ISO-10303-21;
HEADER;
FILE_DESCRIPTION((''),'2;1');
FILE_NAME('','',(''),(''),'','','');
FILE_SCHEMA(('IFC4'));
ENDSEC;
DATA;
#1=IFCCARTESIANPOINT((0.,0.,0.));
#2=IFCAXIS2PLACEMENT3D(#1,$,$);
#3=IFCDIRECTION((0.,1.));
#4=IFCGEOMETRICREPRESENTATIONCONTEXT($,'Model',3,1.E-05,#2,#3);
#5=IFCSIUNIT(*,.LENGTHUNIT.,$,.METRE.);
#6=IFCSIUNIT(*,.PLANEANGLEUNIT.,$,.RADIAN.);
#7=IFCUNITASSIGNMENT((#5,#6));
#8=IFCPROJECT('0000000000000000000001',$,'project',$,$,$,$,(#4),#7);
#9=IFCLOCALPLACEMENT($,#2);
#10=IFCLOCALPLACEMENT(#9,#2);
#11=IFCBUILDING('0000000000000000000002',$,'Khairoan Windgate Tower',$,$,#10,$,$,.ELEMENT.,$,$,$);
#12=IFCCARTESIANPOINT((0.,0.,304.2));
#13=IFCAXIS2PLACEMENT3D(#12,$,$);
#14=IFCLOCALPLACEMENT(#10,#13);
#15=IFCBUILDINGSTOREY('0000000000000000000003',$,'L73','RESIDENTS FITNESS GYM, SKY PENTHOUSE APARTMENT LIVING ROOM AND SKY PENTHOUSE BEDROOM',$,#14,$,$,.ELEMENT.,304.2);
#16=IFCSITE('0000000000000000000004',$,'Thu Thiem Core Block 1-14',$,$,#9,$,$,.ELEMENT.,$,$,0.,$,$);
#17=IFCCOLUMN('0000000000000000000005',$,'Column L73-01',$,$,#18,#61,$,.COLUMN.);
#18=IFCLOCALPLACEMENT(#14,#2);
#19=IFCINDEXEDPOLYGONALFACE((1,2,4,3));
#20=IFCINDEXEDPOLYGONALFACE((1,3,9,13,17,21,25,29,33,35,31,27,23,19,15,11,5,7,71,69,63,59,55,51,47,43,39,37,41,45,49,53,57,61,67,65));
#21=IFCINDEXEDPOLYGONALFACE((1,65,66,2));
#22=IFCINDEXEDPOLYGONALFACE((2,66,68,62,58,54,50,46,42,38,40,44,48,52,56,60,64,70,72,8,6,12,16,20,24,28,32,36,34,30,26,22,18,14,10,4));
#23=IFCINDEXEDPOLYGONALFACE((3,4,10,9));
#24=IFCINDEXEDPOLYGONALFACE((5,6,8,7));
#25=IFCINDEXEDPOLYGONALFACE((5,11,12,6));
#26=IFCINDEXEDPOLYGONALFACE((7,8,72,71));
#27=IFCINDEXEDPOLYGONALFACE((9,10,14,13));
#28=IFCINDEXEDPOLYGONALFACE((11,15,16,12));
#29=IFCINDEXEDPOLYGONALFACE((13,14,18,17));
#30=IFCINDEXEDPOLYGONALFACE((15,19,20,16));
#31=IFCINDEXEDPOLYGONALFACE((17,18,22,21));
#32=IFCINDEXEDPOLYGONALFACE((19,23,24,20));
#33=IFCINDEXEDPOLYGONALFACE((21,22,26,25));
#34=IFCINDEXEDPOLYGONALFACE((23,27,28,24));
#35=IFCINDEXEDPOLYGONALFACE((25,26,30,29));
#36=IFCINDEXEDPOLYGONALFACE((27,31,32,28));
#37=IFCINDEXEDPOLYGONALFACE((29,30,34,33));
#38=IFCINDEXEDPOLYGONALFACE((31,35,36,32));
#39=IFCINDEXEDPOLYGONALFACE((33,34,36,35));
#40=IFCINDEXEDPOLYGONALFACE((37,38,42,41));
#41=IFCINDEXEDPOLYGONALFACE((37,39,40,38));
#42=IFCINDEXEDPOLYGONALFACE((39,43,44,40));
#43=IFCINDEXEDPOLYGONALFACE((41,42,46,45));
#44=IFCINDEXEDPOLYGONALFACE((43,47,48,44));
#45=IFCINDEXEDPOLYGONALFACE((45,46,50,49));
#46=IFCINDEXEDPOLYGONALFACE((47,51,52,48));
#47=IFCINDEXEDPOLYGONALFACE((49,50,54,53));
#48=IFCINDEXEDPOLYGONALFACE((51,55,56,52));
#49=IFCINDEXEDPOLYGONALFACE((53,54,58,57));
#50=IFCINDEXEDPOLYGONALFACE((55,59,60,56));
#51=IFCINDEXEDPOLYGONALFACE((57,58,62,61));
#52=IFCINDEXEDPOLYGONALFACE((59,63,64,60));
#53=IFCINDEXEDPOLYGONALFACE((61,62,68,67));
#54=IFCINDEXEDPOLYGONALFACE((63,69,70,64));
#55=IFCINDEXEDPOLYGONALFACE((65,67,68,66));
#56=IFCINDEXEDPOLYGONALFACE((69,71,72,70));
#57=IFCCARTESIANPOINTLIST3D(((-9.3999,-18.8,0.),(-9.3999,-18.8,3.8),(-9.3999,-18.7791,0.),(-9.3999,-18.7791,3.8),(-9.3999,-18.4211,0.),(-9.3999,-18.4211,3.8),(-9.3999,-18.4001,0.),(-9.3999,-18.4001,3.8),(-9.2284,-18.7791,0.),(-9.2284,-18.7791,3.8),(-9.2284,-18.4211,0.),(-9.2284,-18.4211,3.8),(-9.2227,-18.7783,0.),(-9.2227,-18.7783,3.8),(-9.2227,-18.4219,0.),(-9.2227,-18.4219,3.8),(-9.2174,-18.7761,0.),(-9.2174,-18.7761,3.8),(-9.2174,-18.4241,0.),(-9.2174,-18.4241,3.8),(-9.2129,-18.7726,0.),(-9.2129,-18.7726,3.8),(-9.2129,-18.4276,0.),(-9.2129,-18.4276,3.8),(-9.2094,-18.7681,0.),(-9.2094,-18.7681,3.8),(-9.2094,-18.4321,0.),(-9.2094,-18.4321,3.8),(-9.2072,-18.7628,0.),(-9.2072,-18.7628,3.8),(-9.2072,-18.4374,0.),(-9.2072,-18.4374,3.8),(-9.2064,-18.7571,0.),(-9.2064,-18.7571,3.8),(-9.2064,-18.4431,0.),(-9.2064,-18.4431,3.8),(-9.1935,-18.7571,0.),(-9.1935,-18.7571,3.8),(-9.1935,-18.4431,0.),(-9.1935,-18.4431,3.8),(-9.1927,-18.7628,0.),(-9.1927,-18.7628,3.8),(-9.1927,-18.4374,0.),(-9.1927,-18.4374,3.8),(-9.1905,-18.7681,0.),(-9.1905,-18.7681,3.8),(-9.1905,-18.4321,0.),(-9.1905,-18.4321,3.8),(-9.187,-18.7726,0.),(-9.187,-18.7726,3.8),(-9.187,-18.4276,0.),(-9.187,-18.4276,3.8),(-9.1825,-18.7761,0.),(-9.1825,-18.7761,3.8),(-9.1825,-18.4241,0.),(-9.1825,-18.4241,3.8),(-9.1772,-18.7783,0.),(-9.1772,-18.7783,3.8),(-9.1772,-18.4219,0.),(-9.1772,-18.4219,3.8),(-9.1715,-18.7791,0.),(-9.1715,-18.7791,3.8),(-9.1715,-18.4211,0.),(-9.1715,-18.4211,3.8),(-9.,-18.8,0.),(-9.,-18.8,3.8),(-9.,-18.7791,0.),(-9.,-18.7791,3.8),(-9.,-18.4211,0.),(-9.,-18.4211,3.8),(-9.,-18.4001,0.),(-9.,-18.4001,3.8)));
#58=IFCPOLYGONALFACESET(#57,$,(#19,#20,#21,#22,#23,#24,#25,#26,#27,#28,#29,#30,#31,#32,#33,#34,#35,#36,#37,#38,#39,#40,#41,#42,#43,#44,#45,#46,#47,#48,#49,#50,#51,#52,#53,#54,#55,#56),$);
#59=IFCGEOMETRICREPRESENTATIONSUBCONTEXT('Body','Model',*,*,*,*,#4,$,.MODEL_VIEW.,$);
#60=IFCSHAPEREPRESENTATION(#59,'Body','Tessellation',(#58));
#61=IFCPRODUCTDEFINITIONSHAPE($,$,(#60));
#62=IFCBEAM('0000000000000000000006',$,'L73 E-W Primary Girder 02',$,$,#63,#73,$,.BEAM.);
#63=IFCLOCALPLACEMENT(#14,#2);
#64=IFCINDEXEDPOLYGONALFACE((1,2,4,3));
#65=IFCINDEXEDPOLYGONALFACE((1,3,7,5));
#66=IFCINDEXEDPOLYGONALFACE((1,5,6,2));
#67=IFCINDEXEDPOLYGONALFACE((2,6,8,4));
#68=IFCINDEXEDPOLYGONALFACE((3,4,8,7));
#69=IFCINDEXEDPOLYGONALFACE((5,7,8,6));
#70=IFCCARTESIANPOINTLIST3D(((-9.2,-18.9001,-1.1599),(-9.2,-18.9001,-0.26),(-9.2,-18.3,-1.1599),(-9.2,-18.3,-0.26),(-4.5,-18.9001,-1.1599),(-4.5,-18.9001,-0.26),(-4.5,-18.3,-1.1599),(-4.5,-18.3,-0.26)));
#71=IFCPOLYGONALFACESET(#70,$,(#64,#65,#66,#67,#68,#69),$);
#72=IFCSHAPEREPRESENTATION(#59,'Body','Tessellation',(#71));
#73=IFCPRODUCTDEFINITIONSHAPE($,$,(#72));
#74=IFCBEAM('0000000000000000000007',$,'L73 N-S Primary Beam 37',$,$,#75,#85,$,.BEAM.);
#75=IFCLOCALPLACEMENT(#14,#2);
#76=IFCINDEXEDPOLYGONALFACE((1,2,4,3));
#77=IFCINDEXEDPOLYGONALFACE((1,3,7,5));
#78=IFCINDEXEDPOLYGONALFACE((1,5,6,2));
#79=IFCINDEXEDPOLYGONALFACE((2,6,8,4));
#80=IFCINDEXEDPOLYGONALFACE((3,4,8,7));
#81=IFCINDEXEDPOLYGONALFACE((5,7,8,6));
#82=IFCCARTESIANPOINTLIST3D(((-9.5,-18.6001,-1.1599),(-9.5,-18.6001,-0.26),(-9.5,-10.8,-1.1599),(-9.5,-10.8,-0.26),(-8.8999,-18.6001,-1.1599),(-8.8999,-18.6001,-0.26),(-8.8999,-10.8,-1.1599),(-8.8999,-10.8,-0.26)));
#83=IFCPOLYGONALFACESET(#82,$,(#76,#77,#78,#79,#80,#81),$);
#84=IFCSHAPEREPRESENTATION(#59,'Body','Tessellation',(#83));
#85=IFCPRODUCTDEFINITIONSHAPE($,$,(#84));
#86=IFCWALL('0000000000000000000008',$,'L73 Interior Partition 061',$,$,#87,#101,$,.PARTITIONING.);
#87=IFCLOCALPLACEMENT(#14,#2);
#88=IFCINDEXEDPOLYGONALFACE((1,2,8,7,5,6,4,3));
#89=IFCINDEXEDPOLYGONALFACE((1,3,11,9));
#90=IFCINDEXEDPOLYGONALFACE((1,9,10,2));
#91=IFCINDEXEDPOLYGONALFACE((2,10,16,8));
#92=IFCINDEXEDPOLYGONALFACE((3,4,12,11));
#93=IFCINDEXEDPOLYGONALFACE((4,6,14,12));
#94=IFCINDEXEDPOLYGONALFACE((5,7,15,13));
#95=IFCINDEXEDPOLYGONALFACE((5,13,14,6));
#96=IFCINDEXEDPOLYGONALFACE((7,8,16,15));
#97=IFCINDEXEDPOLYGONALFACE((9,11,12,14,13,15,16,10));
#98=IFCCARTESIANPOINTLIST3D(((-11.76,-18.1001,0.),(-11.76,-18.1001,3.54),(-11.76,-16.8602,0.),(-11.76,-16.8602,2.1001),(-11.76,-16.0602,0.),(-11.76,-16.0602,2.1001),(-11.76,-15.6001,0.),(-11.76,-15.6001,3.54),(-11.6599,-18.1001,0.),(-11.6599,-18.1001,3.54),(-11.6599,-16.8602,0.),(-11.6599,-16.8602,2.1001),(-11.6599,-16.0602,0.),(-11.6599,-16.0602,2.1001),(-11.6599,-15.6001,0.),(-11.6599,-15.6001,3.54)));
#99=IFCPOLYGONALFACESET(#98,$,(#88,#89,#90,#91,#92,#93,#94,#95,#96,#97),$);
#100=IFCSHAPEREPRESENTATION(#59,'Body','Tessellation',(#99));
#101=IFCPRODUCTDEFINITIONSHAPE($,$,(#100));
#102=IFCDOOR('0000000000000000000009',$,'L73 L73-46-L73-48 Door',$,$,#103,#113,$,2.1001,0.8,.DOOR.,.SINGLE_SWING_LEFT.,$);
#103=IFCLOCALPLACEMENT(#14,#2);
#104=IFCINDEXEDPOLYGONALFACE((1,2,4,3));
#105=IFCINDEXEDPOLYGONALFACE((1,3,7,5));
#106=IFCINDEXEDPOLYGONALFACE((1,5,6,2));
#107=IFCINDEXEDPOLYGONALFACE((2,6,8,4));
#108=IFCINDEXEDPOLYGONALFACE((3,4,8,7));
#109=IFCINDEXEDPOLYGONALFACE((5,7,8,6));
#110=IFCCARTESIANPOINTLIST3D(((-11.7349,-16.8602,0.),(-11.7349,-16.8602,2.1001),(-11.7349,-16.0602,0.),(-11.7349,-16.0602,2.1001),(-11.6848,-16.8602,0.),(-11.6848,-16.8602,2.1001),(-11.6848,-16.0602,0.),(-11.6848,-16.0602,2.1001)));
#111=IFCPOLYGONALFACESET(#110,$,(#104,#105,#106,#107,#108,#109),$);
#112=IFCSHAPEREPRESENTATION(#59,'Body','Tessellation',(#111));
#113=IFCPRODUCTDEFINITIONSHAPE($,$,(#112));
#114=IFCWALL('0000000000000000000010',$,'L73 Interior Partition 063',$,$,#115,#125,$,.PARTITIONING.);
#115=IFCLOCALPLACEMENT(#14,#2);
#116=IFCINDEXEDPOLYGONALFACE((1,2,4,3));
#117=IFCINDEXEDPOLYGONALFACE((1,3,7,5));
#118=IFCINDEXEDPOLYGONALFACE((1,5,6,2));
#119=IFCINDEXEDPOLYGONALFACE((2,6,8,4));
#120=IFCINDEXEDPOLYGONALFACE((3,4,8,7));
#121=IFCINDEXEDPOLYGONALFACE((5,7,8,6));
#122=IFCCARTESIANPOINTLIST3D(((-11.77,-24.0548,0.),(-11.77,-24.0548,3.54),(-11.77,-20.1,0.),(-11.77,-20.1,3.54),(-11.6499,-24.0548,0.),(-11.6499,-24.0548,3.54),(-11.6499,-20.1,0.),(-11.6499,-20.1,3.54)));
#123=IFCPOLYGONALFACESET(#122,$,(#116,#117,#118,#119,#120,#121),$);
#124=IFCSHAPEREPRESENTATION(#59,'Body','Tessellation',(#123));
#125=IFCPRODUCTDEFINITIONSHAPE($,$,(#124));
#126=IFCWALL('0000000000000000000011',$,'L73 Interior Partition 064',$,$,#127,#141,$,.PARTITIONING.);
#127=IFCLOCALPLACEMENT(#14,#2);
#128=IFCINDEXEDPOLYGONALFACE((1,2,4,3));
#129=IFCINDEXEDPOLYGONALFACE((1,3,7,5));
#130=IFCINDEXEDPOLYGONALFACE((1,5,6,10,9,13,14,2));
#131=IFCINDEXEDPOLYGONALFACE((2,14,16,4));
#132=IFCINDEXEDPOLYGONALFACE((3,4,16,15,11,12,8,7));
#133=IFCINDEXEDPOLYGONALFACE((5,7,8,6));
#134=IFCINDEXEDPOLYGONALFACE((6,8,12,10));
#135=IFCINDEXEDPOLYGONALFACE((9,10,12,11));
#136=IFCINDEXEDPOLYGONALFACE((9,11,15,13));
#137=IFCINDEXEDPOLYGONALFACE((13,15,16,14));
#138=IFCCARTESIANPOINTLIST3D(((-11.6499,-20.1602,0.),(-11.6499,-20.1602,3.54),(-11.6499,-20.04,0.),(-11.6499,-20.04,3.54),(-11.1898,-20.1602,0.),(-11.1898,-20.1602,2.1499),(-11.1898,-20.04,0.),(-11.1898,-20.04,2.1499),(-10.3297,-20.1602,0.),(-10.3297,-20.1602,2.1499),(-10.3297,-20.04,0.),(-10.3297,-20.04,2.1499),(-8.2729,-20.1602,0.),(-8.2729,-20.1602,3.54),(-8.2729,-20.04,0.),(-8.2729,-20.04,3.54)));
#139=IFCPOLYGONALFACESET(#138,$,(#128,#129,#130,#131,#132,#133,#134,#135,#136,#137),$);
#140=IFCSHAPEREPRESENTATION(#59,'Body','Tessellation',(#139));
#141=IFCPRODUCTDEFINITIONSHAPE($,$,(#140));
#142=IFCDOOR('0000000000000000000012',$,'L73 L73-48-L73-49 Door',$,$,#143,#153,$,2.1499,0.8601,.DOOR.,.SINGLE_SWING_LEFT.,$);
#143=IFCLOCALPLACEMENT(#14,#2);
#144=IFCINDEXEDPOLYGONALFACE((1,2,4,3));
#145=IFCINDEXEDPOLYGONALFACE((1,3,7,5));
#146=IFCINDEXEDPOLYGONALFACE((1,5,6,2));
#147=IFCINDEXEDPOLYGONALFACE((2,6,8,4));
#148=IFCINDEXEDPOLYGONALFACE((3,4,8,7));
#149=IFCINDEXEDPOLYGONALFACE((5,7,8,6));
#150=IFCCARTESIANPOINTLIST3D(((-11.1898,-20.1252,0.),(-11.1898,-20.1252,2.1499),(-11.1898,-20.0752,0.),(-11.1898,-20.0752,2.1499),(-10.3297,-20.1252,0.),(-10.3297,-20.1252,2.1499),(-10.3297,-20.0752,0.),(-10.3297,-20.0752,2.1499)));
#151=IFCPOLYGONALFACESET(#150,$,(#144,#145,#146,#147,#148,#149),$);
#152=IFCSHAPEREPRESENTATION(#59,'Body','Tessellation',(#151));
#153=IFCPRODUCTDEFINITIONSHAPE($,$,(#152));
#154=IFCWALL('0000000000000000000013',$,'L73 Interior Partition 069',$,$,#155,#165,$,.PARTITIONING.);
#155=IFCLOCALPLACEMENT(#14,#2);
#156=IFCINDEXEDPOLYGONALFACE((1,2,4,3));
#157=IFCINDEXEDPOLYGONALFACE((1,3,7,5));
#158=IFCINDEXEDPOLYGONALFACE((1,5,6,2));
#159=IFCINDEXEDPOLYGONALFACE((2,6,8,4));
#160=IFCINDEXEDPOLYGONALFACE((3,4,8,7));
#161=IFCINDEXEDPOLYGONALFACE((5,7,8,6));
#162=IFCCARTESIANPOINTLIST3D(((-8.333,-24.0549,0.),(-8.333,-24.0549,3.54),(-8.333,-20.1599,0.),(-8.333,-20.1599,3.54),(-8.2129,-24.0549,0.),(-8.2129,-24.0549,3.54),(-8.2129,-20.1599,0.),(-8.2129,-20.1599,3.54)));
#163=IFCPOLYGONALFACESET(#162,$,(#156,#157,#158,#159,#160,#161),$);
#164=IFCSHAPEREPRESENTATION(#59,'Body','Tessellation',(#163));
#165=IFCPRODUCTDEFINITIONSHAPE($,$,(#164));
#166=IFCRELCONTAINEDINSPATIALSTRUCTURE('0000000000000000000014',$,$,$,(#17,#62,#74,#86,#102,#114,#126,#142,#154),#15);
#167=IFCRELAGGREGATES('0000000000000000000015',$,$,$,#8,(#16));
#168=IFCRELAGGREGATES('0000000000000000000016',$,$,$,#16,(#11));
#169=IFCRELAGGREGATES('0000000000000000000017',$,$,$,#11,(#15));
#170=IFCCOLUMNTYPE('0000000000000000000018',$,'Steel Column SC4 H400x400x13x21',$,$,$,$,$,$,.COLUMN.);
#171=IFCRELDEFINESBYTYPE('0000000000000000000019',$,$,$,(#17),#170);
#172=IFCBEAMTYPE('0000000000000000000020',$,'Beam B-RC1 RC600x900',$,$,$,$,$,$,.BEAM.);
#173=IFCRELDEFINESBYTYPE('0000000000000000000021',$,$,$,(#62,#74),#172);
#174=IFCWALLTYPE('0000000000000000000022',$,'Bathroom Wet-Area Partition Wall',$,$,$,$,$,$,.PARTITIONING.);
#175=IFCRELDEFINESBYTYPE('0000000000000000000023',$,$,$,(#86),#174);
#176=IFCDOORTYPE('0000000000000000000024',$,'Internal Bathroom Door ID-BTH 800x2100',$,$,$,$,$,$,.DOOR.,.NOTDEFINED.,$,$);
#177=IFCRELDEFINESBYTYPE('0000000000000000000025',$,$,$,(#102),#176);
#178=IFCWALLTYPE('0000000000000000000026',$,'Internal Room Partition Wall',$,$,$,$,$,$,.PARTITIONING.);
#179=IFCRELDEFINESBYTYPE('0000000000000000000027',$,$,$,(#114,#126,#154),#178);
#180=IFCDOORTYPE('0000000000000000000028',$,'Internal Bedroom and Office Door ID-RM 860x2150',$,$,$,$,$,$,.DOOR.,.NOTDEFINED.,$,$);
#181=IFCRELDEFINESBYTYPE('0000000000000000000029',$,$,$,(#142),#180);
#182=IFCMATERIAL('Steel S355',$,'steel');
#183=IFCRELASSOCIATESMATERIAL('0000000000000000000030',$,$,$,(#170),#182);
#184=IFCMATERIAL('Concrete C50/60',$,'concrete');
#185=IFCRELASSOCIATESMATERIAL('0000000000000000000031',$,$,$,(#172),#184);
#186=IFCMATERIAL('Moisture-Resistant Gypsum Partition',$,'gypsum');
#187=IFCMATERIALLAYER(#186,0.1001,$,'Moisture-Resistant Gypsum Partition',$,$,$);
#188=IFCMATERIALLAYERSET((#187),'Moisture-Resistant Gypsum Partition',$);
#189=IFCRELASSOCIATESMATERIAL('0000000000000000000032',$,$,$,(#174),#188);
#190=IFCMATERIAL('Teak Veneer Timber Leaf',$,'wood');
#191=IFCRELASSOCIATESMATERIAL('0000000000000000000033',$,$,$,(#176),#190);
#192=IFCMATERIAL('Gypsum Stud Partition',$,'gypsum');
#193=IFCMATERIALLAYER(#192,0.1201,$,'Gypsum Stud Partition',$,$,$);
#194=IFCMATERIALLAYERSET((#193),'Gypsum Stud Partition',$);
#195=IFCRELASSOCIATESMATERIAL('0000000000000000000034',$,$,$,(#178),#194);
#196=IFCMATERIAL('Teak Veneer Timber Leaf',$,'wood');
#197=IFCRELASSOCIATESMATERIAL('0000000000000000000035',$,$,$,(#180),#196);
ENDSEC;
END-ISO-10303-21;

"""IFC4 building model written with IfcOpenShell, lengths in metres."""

from ifc_helpers import new_model, si_unit, direction, frame, frame_2d, origin, origin_2d, place, context, subcontext, project, spatial, rectangle, i_section, extrude, material, layer, layer_set, material_profile, profile_set, type_object, element, fill, save


model = new_model("IFC4")

# Units and contexts
model_context = context("Model", 3, precision=1e-05, world=origin(), true_north=direction((0.0, 1.0)))
body_context = subcontext(model_context, "Body", "Model", "MODEL_VIEW")
ifc_project = project(units=[si_unit("LENGTHUNIT", "METRE"), si_unit("PLANEANGLEUNIT", "RADIAN")], contexts=[model_context])

# Site, building, storey
site_placement = place(None, origin())
site = spatial("IfcSite", under=ifc_project, at=site_placement, Name="Thu Thiem Core Block 1-14", CompositionType="ELEMENT", RefElevation=0.0)
building_placement = place(site_placement, origin())
building = spatial("IfcBuilding", under=site, at=building_placement, Name="Khairoan Windgate Tower", CompositionType="ELEMENT")
storey_placement = place(building_placement, frame((0.0, 0.0, 304.2)))
storey = spatial("IfcBuildingStorey", under=building, at=storey_placement, Name="L73", Description="RESIDENTS FITNESS GYM, SKY PENTHOUSE APARTMENT LIVING ROOM AND SKY PENTHOUSE BEDROOM", CompositionType="ELEMENT", Elevation=304.2)

# Column
ifc_material_1 = material(Name="Steel S355", Category="steel")
ifc_material_profile_1 = material_profile(ifc_material_1, i_section(OverallWidth=0.3999, OverallDepth=0.3999, WebThickness=0.0129, FlangeThickness=0.021, FilletRadius=0.022, at=origin_2d()))
ifc_profile_set_1 = profile_set([ifc_material_profile_1], Name="Steel S355")
column_type = type_object("IfcColumnType", Name="Steel Column SC4 H400x400x13x21", PredefinedType="COLUMN", material=ifc_profile_set_1)
column_placement = place(storey_placement, frame((-9.2, -18.6001, 0.0), z_axis=(0.0, 0.0, 1.0), x_axis=(1.0, 0.0, 0.0)))
element("IfcColumn", 1, at=column_placement, inside=storey, type_object=column_type, Name="Column L73-01", PredefinedType="COLUMN", context=body_context, shape_type="SweptSolid", body=[
    extrude(i_section(OverallWidth=0.3999, OverallDepth=0.3999, WebThickness=0.0129, FlangeThickness=0.021, FilletRadius=0.022, at=origin_2d()), origin(), (0.0, 0.0, 1.0), 3.8),
])

# Beams
ifc_material_2 = material(Name="Concrete C50/60", Category="concrete")
ifc_material_profile_2 = material_profile(ifc_material_2, rectangle(XDim=0.6001, YDim=0.8999, at=origin_2d()))
ifc_profile_set_2 = profile_set([ifc_material_profile_2], Name="Concrete C50/60")
beam_type = type_object("IfcBeamType", Name="Beam B-RC1 RC600x900", PredefinedType="BEAM", material=ifc_profile_set_2)
beam_1_placement = place(storey_placement, frame((-9.2, -18.6001, -0.71), z_axis=(1.0, 0.0, 0.0), x_axis=(0.0, 1.0, 0.0)))
element("IfcBeam", 2, at=beam_1_placement, inside=storey, type_object=beam_type, Name="L73 E-W Primary Girder 02", PredefinedType="BEAM", context=body_context, shape_type="SweptSolid", body=[
    extrude(rectangle(XDim=0.6001, YDim=0.8999, at=origin_2d()), origin(), (0.0, 0.0, 1.0), 4.7),
])
beam_2_placement = place(storey_placement, frame((-9.2, -18.6001, -0.71), z_axis=(0.0, 1.0, 0.0), x_axis=(-1.0, 0.0, 0.0)))
element("IfcBeam", 3, at=beam_2_placement, inside=storey, type_object=beam_type, Name="L73 N-S Primary Beam 37", PredefinedType="BEAM", context=body_context, shape_type="SweptSolid", body=[
    extrude(rectangle(XDim=0.6001, YDim=0.8999, at=origin_2d()), origin(), (0.0, 0.0, 1.0), 7.8),
])

# Wall, opening, door
ifc_material_3 = material(Name="Moisture-Resistant Gypsum Partition", Category="gypsum")
ifc_layer_1 = layer(ifc_material_3, 0.1001, Name="Moisture-Resistant Gypsum Partition")
ifc_layer_set_1 = layer_set([ifc_layer_1], Name="Moisture-Resistant Gypsum Partition")
wall_type_1 = type_object("IfcWallType", Name="Bathroom Wet-Area Partition Wall", PredefinedType="PARTITIONING", material=ifc_layer_set_1)
wall_1_placement = place(storey_placement, frame((-11.71, -18.1001, 0.0), z_axis=(0.0, 0.0, 1.0), x_axis=(0.0, 1.0, 0.0)))
wall_1 = element("IfcWall", 4, at=wall_1_placement, inside=storey, type_object=wall_type_1, Name="L73 Interior Partition 061", PredefinedType="PARTITIONING", context=body_context, shape_type="SweptSolid", body=[
    extrude(rectangle(XDim=2.5, YDim=0.1001, at=frame_2d((1.25, 0.0))), origin(), (0.0, 0.0, 1.0), 3.54),
])
opening_1_placement = place(wall_1_placement, frame((1.24, 0.0, 0.0)))
opening_1 = element("IfcOpeningElement", 5, at=opening_1_placement, cuts=wall_1, PredefinedType="OPENING", context=body_context, shape_type="SweptSolid", body=[
    extrude(rectangle(XDim=0.8, YDim=2.1001, at=frame_2d((0.3999, 1.05))), frame((0.0, 0.0601, 0.0), z_axis=(0.0, -1.0, 0.0), x_axis=(1.0, 0.0, 0.0)), (0.0, 0.0, 1.0), 0.1201),
])
ifc_material_4 = material(Name="Teak Veneer Timber Leaf", Category="wood")
door_type_1 = type_object("IfcDoorType", Name="Internal Bathroom Door ID-BTH 800x2100", OperationType="NOTDEFINED", PredefinedType="DOOR", material=ifc_material_4)
door_1_placement = place(opening_1_placement, origin())
door_1 = element("IfcDoor", 6, at=door_1_placement, inside=storey, type_object=door_type_1, Name="L73 L73-46-L73-48 Door", OperationType="SINGLE_SWING_LEFT", OverallHeight=2.1001, OverallWidth=0.8, PredefinedType="DOOR", context=body_context, shape_type="SweptSolid", body=[
    extrude(rectangle(XDim=0.8, YDim=2.1001, at=frame_2d((0.3999, 1.05))), frame((0.0, 0.0249, 0.0), z_axis=(0.0, -1.0, 0.0), x_axis=(1.0, 0.0, 0.0)), (0.0, 0.0, 1.0), 0.05),
])
fill(opening_1, door_1)
ifc_material_5 = material(Name="Gypsum Stud Partition", Category="gypsum")
ifc_layer_2 = layer(ifc_material_5, 0.1201, Name="Gypsum Stud Partition")
ifc_layer_set_2 = layer_set([ifc_layer_2], Name="Gypsum Stud Partition")
wall_type_2 = type_object("IfcWallType", Name="Internal Room Partition Wall", PredefinedType="PARTITIONING", material=ifc_layer_set_2)
ifc_material_6 = material(Name="Teak Veneer Timber Leaf", Category="wood")
door_type_2 = type_object("IfcDoorType", Name="Internal Bedroom and Office Door ID-RM 860x2150", OperationType="NOTDEFINED", PredefinedType="DOOR", material=ifc_material_6)

# Wall
wall_2_placement = place(storey_placement, frame((-11.71, -24.0549, 0.0), z_axis=(0.0, 0.0, 1.0), x_axis=(0.0, 1.0, 0.0)))
element("IfcWall", 7, at=wall_2_placement, inside=storey, type_object=wall_type_2, Name="L73 Interior Partition 063", PredefinedType="PARTITIONING", context=body_context, shape_type="SweptSolid", body=[
    extrude(rectangle(XDim=3.9548, YDim=0.1201, at=frame_2d((1.9775, 0.0))), origin(), (0.0, 0.0, 1.0), 3.54),
])

# Wall, opening, door
wall_3_placement = place(storey_placement, frame((-11.6499, -20.1001, 0.0), z_axis=(0.0, 0.0, 1.0), x_axis=(1.0, 0.0, 0.0)))
wall_3 = element("IfcWall", 8, at=wall_3_placement, inside=storey, type_object=wall_type_2, Name="L73 Interior Partition 064", PredefinedType="PARTITIONING", context=body_context, shape_type="SweptSolid", body=[
    extrude(rectangle(XDim=3.377, YDim=0.1201, at=frame_2d((1.6885, 0.0))), origin(), (0.0, 0.0, 1.0), 3.54),
])
opening_2_placement = place(wall_3_placement, frame((0.46, 0.0, 0.0)))
opening_2 = element("IfcOpeningElement", 9, at=opening_2_placement, cuts=wall_3, PredefinedType="OPENING", context=body_context, shape_type="SweptSolid", body=[
    extrude(rectangle(XDim=0.8601, YDim=2.1499, at=frame_2d((0.4302, 1.075))), frame((0.0, 0.0701, 0.0), z_axis=(0.0, -1.0, 0.0), x_axis=(1.0, 0.0, 0.0)), (0.0, 0.0, 1.0), 0.1401),
])
door_2_placement = place(opening_2_placement, origin())
door_2 = element("IfcDoor", 10, at=door_2_placement, inside=storey, type_object=door_type_2, Name="L73 L73-48-L73-49 Door", OperationType="SINGLE_SWING_LEFT", OverallHeight=2.1499, OverallWidth=0.8601, PredefinedType="DOOR", context=body_context, shape_type="SweptSolid", body=[
    extrude(rectangle(XDim=0.8601, YDim=2.1499, at=frame_2d((0.4302, 1.075))), frame((0.0, 0.0249, 0.0), z_axis=(0.0, -1.0, 0.0), x_axis=(1.0, 0.0, 0.0)), (0.0, 0.0, 1.0), 0.05),
])
fill(opening_2, door_2)

# Wall
wall_4_placement = place(storey_placement, frame((-8.2729, -24.0549, 0.0), z_axis=(0.0, 0.0, 1.0), x_axis=(0.0, 1.0, 0.0)))
element("IfcWall", 11, at=wall_4_placement, inside=storey, type_object=wall_type_2, Name="L73 Interior Partition 069", PredefinedType="PARTITIONING", context=body_context, shape_type="SweptSolid", body=[
    extrude(rectangle(XDim=3.895, YDim=0.1201, at=frame_2d((1.9475, 0.0))), origin(), (0.0, 0.0, 1.0), 3.54),
])

save(model, "model.ifc")
